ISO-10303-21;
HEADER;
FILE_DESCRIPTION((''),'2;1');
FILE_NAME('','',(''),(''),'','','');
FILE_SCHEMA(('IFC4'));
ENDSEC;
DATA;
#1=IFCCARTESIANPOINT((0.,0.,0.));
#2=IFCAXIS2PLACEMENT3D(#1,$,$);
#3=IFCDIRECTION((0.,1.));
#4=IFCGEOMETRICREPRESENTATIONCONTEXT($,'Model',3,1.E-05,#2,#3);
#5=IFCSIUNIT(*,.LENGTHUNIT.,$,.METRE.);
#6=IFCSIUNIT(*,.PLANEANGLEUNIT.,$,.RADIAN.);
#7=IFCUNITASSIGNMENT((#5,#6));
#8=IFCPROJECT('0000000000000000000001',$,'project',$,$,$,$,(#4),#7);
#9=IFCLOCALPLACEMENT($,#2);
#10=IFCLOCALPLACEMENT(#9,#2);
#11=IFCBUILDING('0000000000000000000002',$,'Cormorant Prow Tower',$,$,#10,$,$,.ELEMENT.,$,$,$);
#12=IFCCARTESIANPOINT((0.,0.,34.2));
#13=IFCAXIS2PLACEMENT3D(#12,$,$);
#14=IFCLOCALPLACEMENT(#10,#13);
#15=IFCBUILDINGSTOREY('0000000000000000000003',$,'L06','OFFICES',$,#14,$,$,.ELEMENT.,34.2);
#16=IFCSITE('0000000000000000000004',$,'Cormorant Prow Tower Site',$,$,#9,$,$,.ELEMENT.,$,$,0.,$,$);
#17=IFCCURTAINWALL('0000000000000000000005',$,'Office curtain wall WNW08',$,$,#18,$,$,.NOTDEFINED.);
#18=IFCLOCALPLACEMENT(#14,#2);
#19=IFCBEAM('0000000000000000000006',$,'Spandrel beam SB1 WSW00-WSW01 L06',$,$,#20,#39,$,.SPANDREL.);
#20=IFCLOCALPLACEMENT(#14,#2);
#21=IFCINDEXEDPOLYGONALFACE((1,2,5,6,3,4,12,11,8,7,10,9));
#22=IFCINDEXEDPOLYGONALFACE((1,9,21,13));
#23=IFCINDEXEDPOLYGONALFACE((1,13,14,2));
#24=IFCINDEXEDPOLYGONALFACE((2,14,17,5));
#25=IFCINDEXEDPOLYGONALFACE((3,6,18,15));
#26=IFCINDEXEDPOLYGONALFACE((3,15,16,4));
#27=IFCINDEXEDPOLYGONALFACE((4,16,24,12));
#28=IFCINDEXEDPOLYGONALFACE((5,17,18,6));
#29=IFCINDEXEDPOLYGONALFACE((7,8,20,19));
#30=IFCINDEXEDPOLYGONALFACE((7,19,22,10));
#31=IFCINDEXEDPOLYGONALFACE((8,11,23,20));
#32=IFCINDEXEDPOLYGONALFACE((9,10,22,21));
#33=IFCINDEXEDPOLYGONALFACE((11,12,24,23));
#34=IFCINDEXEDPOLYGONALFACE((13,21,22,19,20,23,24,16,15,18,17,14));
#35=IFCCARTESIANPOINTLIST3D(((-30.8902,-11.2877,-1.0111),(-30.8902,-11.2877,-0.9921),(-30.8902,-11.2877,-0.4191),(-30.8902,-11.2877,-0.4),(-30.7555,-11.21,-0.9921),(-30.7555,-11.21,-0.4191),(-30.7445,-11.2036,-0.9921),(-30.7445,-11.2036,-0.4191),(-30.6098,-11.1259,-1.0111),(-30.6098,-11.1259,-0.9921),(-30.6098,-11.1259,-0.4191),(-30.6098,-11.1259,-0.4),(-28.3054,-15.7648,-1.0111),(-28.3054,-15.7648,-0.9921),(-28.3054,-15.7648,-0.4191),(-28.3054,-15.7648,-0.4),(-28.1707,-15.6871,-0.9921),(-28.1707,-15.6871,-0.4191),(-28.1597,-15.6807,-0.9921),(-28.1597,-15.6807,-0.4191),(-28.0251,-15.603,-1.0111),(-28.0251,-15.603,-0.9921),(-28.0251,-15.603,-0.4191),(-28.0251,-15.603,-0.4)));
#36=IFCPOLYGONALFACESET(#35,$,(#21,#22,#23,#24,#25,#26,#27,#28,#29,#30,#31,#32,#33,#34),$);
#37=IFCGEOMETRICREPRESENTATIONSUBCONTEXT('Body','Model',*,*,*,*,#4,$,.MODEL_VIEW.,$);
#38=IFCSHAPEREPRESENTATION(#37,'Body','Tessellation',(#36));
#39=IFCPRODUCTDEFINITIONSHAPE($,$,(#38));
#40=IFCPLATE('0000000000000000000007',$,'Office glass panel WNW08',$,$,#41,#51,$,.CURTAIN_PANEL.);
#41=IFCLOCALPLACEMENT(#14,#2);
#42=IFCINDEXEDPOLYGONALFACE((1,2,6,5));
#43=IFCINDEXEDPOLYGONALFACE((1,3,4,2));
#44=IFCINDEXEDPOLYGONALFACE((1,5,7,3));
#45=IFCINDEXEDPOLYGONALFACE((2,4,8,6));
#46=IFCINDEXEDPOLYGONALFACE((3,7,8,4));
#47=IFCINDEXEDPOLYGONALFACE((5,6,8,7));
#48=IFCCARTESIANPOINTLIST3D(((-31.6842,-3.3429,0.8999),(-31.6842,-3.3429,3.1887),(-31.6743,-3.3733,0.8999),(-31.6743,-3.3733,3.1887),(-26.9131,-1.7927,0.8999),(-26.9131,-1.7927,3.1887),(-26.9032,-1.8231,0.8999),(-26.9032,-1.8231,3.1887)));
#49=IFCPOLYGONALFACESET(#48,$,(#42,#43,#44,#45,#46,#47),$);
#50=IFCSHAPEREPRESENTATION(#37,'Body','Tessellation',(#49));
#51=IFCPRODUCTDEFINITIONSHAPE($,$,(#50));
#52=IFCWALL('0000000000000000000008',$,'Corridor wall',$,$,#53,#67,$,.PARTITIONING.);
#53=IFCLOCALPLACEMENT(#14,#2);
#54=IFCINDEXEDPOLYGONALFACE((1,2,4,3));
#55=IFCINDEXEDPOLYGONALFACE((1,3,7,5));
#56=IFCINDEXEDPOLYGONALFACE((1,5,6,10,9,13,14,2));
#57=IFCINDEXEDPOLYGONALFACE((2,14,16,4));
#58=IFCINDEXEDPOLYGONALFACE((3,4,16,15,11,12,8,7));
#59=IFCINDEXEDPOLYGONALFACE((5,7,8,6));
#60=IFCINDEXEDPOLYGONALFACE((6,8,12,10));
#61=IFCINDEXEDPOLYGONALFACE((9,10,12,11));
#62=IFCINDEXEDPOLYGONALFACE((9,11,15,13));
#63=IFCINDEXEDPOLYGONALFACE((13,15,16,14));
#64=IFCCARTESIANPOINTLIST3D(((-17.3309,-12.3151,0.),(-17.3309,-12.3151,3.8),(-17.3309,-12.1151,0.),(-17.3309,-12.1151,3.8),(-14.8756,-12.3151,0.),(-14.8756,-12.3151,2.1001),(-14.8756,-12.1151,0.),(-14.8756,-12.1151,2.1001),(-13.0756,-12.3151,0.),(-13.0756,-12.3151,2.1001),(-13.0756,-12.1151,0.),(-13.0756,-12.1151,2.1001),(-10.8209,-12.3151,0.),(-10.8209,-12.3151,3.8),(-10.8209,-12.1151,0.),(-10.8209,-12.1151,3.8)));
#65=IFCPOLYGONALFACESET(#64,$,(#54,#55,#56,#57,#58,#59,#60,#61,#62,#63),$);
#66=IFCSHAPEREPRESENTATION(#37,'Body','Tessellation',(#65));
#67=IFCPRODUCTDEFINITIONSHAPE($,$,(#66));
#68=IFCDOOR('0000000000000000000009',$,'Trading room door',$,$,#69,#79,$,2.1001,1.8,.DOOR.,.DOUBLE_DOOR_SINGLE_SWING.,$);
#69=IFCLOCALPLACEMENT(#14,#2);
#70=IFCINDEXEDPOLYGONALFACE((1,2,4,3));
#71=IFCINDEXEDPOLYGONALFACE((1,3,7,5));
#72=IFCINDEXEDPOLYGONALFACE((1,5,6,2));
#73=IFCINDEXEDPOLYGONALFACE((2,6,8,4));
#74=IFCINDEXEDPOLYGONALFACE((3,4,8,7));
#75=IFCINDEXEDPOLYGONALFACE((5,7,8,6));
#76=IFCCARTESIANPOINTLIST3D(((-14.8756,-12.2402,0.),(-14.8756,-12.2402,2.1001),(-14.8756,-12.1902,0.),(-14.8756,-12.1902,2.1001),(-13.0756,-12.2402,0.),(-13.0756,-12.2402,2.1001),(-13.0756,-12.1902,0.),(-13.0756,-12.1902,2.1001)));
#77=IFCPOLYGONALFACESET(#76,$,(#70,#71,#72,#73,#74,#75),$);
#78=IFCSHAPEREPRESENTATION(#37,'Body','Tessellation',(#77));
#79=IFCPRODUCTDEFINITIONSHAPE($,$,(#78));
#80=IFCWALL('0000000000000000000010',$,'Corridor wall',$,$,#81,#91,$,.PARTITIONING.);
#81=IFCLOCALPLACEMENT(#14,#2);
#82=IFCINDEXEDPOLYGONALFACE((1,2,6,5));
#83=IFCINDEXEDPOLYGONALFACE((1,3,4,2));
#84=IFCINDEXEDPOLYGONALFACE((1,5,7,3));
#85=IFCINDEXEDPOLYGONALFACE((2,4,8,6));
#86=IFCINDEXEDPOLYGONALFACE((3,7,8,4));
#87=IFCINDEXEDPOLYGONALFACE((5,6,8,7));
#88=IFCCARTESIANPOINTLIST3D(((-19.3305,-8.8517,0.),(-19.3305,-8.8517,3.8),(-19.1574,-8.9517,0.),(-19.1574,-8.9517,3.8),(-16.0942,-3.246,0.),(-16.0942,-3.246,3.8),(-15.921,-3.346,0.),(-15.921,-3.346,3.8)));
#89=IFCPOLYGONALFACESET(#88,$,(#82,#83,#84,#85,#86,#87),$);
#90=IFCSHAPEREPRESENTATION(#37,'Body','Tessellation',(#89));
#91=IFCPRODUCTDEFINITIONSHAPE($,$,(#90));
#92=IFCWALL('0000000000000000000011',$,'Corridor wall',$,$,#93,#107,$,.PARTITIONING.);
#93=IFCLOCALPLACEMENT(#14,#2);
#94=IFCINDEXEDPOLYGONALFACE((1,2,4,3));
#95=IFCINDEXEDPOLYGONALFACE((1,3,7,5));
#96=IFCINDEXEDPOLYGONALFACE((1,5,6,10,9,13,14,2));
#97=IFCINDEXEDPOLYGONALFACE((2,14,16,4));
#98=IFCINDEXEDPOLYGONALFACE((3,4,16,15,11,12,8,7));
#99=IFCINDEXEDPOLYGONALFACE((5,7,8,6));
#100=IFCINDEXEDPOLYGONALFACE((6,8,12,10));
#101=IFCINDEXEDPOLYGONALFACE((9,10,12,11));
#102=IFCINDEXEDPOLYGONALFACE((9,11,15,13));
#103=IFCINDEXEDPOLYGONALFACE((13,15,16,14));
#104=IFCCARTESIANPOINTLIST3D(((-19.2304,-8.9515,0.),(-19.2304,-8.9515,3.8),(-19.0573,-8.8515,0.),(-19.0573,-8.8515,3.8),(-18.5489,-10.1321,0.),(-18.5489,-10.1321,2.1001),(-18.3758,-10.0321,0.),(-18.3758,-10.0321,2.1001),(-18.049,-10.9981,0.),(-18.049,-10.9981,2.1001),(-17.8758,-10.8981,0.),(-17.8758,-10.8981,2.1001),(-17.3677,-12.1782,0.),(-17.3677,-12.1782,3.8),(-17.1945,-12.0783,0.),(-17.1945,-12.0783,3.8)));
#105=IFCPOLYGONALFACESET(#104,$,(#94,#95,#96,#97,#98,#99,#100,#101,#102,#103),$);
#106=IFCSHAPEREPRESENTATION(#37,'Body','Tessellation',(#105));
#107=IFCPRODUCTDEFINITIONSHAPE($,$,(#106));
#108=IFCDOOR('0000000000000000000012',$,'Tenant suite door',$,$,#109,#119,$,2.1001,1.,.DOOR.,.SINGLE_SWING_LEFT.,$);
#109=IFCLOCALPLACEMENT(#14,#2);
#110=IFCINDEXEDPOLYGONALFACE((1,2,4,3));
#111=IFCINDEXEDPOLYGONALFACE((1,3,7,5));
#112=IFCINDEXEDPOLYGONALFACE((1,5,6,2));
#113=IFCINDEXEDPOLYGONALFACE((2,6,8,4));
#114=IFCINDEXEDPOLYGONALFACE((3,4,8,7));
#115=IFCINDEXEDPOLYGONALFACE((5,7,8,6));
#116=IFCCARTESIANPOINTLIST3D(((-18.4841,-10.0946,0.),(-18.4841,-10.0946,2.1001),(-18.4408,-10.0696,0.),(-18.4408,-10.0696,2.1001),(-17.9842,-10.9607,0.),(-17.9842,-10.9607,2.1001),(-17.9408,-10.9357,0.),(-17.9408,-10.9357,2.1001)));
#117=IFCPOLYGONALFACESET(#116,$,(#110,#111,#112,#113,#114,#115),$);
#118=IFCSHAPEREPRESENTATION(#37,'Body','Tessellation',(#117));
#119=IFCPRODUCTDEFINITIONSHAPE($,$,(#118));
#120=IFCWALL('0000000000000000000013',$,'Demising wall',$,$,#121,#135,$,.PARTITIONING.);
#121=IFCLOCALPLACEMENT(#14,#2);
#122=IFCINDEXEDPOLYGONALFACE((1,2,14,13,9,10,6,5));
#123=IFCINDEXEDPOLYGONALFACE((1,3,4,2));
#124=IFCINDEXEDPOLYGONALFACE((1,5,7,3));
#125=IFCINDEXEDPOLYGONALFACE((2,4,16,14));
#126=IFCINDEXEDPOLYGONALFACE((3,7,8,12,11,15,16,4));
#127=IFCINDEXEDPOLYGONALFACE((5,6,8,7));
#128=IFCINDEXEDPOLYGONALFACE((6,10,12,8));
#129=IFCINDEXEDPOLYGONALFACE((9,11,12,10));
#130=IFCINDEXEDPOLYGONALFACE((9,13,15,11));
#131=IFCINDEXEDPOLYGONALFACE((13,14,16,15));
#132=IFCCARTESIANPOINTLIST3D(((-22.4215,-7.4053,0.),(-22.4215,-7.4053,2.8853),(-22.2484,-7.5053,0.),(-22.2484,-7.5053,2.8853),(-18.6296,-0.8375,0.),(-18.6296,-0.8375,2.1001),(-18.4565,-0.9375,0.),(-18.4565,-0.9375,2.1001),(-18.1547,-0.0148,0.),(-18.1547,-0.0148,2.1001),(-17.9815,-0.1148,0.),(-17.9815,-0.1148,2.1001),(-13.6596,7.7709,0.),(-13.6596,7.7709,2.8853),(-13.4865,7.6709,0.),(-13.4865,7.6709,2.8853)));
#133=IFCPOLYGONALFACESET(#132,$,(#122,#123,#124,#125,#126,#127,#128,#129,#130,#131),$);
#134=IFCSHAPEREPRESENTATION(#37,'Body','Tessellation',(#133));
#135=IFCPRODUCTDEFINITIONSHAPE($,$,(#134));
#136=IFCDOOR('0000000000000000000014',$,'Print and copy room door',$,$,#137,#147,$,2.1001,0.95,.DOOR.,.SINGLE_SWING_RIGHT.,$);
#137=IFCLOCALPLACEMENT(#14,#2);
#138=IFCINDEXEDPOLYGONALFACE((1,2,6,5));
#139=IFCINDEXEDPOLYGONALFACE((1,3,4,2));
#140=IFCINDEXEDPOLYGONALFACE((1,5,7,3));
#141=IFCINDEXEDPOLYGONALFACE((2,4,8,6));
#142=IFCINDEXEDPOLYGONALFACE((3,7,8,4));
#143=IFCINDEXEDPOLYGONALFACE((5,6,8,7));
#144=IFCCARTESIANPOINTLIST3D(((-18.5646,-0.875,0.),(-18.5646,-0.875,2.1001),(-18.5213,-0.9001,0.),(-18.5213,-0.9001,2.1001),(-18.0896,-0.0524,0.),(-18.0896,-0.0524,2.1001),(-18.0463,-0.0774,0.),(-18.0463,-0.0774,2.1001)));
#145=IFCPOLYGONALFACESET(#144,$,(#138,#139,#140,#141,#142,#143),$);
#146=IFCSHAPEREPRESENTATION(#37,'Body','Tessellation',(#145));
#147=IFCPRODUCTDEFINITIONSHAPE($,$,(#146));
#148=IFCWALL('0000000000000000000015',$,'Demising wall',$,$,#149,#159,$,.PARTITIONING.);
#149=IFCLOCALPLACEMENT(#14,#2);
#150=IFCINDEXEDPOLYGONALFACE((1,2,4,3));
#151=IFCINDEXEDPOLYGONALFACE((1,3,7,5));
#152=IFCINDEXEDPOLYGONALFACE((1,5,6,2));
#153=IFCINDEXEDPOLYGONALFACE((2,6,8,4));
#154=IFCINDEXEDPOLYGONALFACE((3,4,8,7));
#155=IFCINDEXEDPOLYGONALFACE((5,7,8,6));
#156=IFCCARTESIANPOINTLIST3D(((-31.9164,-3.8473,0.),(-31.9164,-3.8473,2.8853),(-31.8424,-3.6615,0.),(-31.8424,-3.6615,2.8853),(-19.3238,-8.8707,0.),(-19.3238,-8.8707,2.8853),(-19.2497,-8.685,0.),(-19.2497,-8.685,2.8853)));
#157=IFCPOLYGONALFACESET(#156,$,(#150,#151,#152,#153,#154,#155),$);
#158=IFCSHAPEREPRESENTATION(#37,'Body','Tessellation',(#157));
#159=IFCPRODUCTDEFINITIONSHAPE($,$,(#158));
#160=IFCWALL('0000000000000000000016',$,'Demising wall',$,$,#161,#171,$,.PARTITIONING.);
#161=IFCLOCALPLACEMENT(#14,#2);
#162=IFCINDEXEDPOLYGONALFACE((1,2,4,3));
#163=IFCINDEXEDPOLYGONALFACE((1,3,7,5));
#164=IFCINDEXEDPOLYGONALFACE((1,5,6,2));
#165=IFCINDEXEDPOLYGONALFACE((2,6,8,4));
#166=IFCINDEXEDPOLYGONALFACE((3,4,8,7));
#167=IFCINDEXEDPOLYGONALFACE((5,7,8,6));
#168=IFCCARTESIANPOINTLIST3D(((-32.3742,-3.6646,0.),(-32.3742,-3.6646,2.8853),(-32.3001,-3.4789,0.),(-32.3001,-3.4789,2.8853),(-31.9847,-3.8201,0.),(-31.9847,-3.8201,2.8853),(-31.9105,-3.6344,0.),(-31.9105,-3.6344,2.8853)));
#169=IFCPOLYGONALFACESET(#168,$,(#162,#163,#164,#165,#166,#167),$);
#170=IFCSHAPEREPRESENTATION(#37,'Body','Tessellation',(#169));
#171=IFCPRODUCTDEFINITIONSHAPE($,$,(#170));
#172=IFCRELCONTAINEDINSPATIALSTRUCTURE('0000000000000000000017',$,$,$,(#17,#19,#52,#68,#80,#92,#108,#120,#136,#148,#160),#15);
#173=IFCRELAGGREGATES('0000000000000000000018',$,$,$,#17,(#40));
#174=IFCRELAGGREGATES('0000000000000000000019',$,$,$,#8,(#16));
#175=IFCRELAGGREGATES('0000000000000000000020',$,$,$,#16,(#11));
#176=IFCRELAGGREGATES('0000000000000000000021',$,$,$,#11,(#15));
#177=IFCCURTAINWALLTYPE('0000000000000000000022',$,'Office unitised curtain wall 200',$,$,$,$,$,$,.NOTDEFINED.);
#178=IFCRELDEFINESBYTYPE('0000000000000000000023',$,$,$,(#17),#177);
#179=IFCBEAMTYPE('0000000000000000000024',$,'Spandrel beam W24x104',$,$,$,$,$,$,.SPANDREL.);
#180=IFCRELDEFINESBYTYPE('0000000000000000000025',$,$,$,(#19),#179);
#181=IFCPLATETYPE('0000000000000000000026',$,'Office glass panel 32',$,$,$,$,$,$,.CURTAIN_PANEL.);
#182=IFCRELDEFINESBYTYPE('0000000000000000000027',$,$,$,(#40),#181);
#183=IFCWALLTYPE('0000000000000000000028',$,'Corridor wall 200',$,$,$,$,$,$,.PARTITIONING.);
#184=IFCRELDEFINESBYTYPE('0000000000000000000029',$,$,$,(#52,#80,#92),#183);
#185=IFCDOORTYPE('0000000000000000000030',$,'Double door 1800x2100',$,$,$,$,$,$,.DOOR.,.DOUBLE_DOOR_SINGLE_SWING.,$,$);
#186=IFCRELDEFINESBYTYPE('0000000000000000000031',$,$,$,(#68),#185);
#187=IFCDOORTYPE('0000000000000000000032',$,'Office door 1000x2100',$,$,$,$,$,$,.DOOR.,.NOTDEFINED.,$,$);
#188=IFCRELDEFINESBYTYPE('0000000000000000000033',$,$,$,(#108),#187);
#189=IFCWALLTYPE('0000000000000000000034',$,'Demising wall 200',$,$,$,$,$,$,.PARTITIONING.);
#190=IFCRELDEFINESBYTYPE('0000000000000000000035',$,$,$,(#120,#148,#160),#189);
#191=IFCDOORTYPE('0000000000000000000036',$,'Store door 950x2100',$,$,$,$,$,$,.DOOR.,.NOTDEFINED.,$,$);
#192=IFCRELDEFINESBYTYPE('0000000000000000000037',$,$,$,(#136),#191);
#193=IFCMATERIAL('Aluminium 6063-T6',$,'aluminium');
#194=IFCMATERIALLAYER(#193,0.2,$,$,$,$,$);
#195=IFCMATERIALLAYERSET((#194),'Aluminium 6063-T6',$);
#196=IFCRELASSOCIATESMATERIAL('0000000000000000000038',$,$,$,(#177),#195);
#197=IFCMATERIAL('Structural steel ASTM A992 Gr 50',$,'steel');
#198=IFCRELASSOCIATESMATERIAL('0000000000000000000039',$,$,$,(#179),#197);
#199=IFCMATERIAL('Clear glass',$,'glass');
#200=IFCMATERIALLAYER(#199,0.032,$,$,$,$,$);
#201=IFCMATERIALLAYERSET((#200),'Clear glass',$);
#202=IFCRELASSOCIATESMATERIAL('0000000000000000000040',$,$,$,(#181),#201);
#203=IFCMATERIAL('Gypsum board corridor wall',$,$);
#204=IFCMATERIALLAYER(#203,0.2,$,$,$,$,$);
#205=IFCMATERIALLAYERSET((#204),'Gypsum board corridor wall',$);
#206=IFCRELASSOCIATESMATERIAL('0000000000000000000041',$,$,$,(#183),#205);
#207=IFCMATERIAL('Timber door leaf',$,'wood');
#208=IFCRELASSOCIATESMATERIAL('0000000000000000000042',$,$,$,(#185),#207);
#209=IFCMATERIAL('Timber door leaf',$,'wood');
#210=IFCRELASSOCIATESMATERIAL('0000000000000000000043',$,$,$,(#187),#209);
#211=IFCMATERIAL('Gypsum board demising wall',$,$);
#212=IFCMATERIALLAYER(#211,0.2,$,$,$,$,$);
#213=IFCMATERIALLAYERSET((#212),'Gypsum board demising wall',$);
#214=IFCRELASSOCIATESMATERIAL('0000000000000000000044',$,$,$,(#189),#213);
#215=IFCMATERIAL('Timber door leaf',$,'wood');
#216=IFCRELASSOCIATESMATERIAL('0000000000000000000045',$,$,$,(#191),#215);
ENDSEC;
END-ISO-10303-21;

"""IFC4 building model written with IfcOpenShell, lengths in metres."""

from ifc_helpers import new_model, si_unit, direction, frame, frame_2d, origin, origin_2d, place, context, subcontext, project, spatial, rectangle, i_section, extrude, material, layer, layer_set, material_profile, profile_set, type_object, element, fill, aggregate, save


model = new_model("IFC4")

# Units and contexts
model_context = context("Model", 3, precision=1e-05, world=origin(), true_north=direction((0.0, 1.0)))
body_context = subcontext(model_context, "Body", "Model", "MODEL_VIEW")
ifc_project = project(units=[si_unit("LENGTHUNIT", "METRE"), si_unit("PLANEANGLEUNIT", "RADIAN")], contexts=[model_context])

# Site, building, storey
site_placement = place(None, origin())
site = spatial("IfcSite", under=ifc_project, at=site_placement, Name="Cormorant Prow Tower Site", CompositionType="ELEMENT", RefElevation=0.0)
building_placement = place(site_placement, origin())
building = spatial("IfcBuilding", under=site, at=building_placement, Name="Cormorant Prow Tower", CompositionType="ELEMENT")
storey_placement = place(building_placement, frame((0.0, 0.0, 34.2)))
storey = spatial("IfcBuildingStorey", under=building, at=storey_placement, Name="L06", Description="OFFICES", CompositionType="ELEMENT", Elevation=34.2)

# Curtain wall
ifc_material_1 = material(Name="Aluminium 6063-T6", Category="aluminium")
ifc_layer_1 = layer(ifc_material_1, 0.2)
ifc_layer_set_1 = layer_set([ifc_layer_1], Name="Aluminium 6063-T6")
curtain_wall_type = type_object("IfcCurtainWallType", Name="Office unitised curtain wall 200", PredefinedType="NOTDEFINED", material=ifc_layer_set_1)
curtain_wall_placement = place(storey_placement, origin())
curtain_wall = element("IfcCurtainWall", 1, at=curtain_wall_placement, inside=storey, type_object=curtain_wall_type, Name="Office curtain wall WNW08", PredefinedType="NOTDEFINED")

# Beam
ifc_material_2 = material(Name="Structural steel ASTM A992 Gr 50", Category="steel")
ifc_material_profile_1 = material_profile(ifc_material_2, i_section(OverallWidth=0.3237, OverallDepth=0.6111, WebThickness=0.0127, FlangeThickness=0.019, at=origin_2d()), Name="W24x104")
ifc_profile_set_1 = profile_set([ifc_material_profile_1], Name="Structural steel ASTM A992 Gr 50")
beam_type_1 = type_object("IfcBeamType", Name="Spandrel beam W24x104", PredefinedType="SPANDREL", material=ifc_profile_set_1)
beam_1_placement = place(storey_placement, frame((-30.75, -11.2068, -0.7056), z_axis=(0.499984, -0.866035, 0.0), x_axis=(0.866035, 0.499984, 0.0)))
element("IfcBeam", 2, at=beam_1_placement, inside=storey, type_object=beam_type_1, Name="Spandrel beam SB1 WSW00-WSW01 L06", PredefinedType="SPANDREL", context=body_context, shape_type="SweptSolid", body=[
    extrude(i_section(OverallWidth=0.3237, OverallDepth=0.6111, WebThickness=0.0127, FlangeThickness=0.019, at=origin_2d()), origin(), (0.0, 0.0, 1.0), 5.1697),
])

# Plate
ifc_material_3 = material(Name="Clear glass", Category="glass")
ifc_layer_2 = layer(ifc_material_3, 0.032)
ifc_layer_set_2 = layer_set([ifc_layer_2], Name="Clear glass")
plate_type = type_object("IfcPlateType", Name="Office glass panel 32", PredefinedType="CURTAIN_PANEL", material=ifc_layer_set_2)
plate_placement = place(storey_placement, frame((-29.2937, -2.583, 0.8999), z_axis=(0.0, 0.0, 1.0), x_axis=(-0.951057, -0.309017, 0.0)))
plate = element("IfcPlate", 3, at=plate_placement, type_object=plate_type, Name="Office glass panel WNW08", PredefinedType="CURTAIN_PANEL", context=body_context, shape_type="SweptSolid", body=[
    extrude(rectangle(XDim=5.0166, YDim=0.032, at=origin_2d()), origin(), (0.0, 0.0, 1.0), 2.2888),
])
aggregate(curtain_wall, [plate])

# Wall, opening, door
ifc_material_4 = material(Name="Gypsum board corridor wall")
ifc_layer_3 = layer(ifc_material_4, 0.2)
ifc_layer_set_3 = layer_set([ifc_layer_3], Name="Gypsum board corridor wall")
wall_type_1 = type_object("IfcWallType", Name="Corridor wall 200", PredefinedType="PARTITIONING", material=ifc_layer_set_3)
wall_1_placement = place(storey_placement, frame((-17.3308, -12.2151, 0.0), z_axis=(0.0, 0.0, 1.0), x_axis=(1.0, 0.0, 0.0)))
wall_1 = element("IfcWall", 4, at=wall_1_placement, inside=storey, type_object=wall_type_1, Name="Corridor wall", PredefinedType="PARTITIONING", context=body_context, shape_type="SweptSolid", body=[
    extrude(rectangle(XDim=6.51, YDim=0.2, at=frame_2d((3.2549, 0.0))), origin(), (0.0, 0.0, 1.0), 3.8),
])
opening_1_placement = place(wall_1_placement, frame((2.4553, 0.0, 0.0)))
opening_1 = element("IfcOpeningElement", 5, at=opening_1_placement, cuts=wall_1, PredefinedType="OPENING", context=body_context, shape_type="SweptSolid", body=[
    extrude(rectangle(XDim=1.8, YDim=2.1001, at=frame_2d((0.8999, 1.05))), frame((0.0, 0.1099, 0.0), z_axis=(0.0, -1.0, 0.0), x_axis=(1.0, 0.0, 0.0)), (0.0, 0.0, 1.0), 0.22),
])
ifc_material_5 = material(Name="Timber door leaf", Category="wood")
door_type_1 = type_object("IfcDoorType", Name="Double door 1800x2100", OperationType="DOUBLE_DOOR_SINGLE_SWING", PredefinedType="DOOR", material=ifc_material_5)
door_1_placement = place(opening_1_placement, origin())
door_1 = element("IfcDoor", 6, at=door_1_placement, inside=storey, type_object=door_type_1, Name="Trading room door", OperationType="DOUBLE_DOOR_SINGLE_SWING", OverallHeight=2.1001, OverallWidth=1.8, PredefinedType="DOOR", context=body_context, shape_type="SweptSolid", body=[
    extrude(rectangle(XDim=1.8, YDim=2.1001, at=frame_2d((0.8999, 1.05))), frame((0.0, 0.0249, 0.0), z_axis=(0.0, -1.0, 0.0), x_axis=(1.0, 0.0, 0.0)), (0.0, 0.0, 1.0), 0.05),
])
fill(opening_1, door_1)

# Wall
wall_2_placement = place(storey_placement, frame((-19.2439, -8.9016, 0.0), z_axis=(0.0, 0.0, 1.0), x_axis=(0.499985, 0.866034, 0.0)))
element("IfcWall", 7, at=wall_2_placement, inside=storey, type_object=wall_type_1, Name="Corridor wall", PredefinedType="PARTITIONING", context=body_context, shape_type="SweptSolid", body=[
    extrude(rectangle(XDim=6.4729, YDim=0.2, at=frame_2d((3.2363, 0.0))), origin(), (0.0, 0.0, 1.0), 3.8),
])

# Walls, openings, doors
wall_3_placement = place(storey_placement, frame((-19.1438, -8.9016, 0.0), z_axis=(0.0, 0.0, 1.0), x_axis=(0.499959, -0.866049, 0.0)))
wall_3 = element("IfcWall", 8, at=wall_3_placement, inside=storey, type_object=wall_type_1, Name="Corridor wall", PredefinedType="PARTITIONING", context=body_context, shape_type="SweptSolid", body=[
    extrude(rectangle(XDim=3.7258, YDim=0.2, at=frame_2d((1.8628, 0.0))), origin(), (0.0, 0.0, 1.0), 3.8),
])
opening_2_placement = place(wall_3_placement, frame((1.363, 0.0, 0.0)))
opening_2 = element("IfcOpeningElement", 9, at=opening_2_placement, cuts=wall_3, PredefinedType="OPENING", context=body_context, shape_type="SweptSolid", body=[
    extrude(rectangle(XDim=1.0, YDim=2.1001, at=frame_2d((0.5, 1.05))), frame((0.0, 0.1099, 0.0), z_axis=(0.0, -1.0, 0.0), x_axis=(1.0, 0.0, 0.0)), (0.0, 0.0, 1.0), 0.22),
])
ifc_material_6 = material(Name="Timber door leaf", Category="wood")
door_type_2 = type_object("IfcDoorType", Name="Office door 1000x2100", OperationType="NOTDEFINED", PredefinedType="DOOR", material=ifc_material_6)
door_2_placement = place(opening_2_placement, origin())
door_2 = element("IfcDoor", 10, at=door_2_placement, inside=storey, type_object=door_type_2, Name="Tenant suite door", OperationType="SINGLE_SWING_LEFT", OverallHeight=2.1001, OverallWidth=1.0, PredefinedType="DOOR", context=body_context, shape_type="SweptSolid", body=[
    extrude(rectangle(XDim=1.0, YDim=2.1001, at=frame_2d((0.5, 1.05))), frame((0.0, 0.0249, 0.0), z_axis=(0.0, -1.0, 0.0), x_axis=(1.0, 0.0, 0.0)), (0.0, 0.0, 1.0), 0.05),
])
fill(opening_2, door_2)
ifc_material_7 = material(Name="Gypsum board demising wall")
ifc_layer_4 = layer(ifc_material_7, 0.2)
ifc_layer_set_4 = layer_set([ifc_layer_4], Name="Gypsum board demising wall")
wall_type_2 = type_object("IfcWallType", Name="Demising wall 200", PredefinedType="PARTITIONING", material=ifc_layer_set_4)
wall_4_placement = place(storey_placement, frame((-22.335, -7.4553, 0.0), z_axis=(0.0, 0.0, 1.0), x_axis=(0.499997, 0.866027, 0.0)))
wall_4 = element("IfcWall", 11, at=wall_4_placement, inside=storey, type_object=wall_type_2, Name="Demising wall", PredefinedType="PARTITIONING", context=body_context, shape_type="SweptSolid", body=[
    extrude(rectangle(XDim=17.5239, YDim=0.2, at=frame_2d((8.762, 0.0))), origin(), (0.0, 0.0, 1.0), 2.8853),
])
opening_3_placement = place(wall_4_placement, frame((7.5837, 0.0, 0.0)))
opening_3 = element("IfcOpeningElement", 12, at=opening_3_placement, cuts=wall_4, PredefinedType="OPENING", context=body_context, shape_type="SweptSolid", body=[
    extrude(rectangle(XDim=0.95, YDim=2.1001, at=frame_2d((0.4751, 1.05))), frame((0.0, 0.1099, 0.0), z_axis=(0.0, -1.0, 0.0), x_axis=(1.0, 0.0, 0.0)), (0.0, 0.0, 1.0), 0.22),
])
ifc_material_8 = material(Name="Timber door leaf", Category="wood")
door_type_3 = type_object("IfcDoorType", Name="Store door 950x2100", OperationType="NOTDEFINED", PredefinedType="DOOR", material=ifc_material_8)
door_3_placement = place(opening_3_placement, origin())
door_3 = element("IfcDoor", 13, at=door_3_placement, inside=storey, type_object=door_type_3, Name="Print and copy room door", OperationType="SINGLE_SWING_RIGHT", OverallHeight=2.1001, OverallWidth=0.95, PredefinedType="DOOR", context=body_context, shape_type="SweptSolid", body=[
    extrude(rectangle(XDim=0.95, YDim=2.1001, at=frame_2d((0.4751, 1.05))), frame((0.0, 0.0249, 0.0), z_axis=(0.0, -1.0, 0.0), x_axis=(1.0, 0.0, 0.0)), (0.0, 0.0, 1.0), 0.05),
])
fill(opening_3, door_3)

# Walls
wall_5_placement = place(storey_placement, frame((-31.8794, -3.7544, 0.0), z_axis=(0.0, 0.0, 1.0), x_axis=(0.928822, -0.370527, 0.0)))
element("IfcWall", 14, at=wall_5_placement, inside=storey, type_object=wall_type_2, Name="Demising wall", PredefinedType="PARTITIONING", context=body_context, shape_type="SweptSolid", body=[
    extrude(rectangle(XDim=13.5576, YDim=0.2, at=frame_2d((6.7788, 0.0))), origin(), (0.0, 0.0, 1.0), 2.8853),
])
wall_6_placement = place(storey_placement, frame((-32.3372, -3.5718, 0.0), z_axis=(0.0, 0.0, 1.0), x_axis=(0.928757, -0.370688, 0.0)))
element("IfcWall", 15, at=wall_6_placement, inside=storey, type_object=wall_type_2, Name="Demising wall", PredefinedType="PARTITIONING", context=body_context, shape_type="SweptSolid", body=[
    extrude(rectangle(XDim=0.4194, YDim=0.2, at=frame_2d((0.2097, 0.0))), origin(), (0.0, 0.0, 1.0), 2.8853),
])

save(model, "model.ifc")
